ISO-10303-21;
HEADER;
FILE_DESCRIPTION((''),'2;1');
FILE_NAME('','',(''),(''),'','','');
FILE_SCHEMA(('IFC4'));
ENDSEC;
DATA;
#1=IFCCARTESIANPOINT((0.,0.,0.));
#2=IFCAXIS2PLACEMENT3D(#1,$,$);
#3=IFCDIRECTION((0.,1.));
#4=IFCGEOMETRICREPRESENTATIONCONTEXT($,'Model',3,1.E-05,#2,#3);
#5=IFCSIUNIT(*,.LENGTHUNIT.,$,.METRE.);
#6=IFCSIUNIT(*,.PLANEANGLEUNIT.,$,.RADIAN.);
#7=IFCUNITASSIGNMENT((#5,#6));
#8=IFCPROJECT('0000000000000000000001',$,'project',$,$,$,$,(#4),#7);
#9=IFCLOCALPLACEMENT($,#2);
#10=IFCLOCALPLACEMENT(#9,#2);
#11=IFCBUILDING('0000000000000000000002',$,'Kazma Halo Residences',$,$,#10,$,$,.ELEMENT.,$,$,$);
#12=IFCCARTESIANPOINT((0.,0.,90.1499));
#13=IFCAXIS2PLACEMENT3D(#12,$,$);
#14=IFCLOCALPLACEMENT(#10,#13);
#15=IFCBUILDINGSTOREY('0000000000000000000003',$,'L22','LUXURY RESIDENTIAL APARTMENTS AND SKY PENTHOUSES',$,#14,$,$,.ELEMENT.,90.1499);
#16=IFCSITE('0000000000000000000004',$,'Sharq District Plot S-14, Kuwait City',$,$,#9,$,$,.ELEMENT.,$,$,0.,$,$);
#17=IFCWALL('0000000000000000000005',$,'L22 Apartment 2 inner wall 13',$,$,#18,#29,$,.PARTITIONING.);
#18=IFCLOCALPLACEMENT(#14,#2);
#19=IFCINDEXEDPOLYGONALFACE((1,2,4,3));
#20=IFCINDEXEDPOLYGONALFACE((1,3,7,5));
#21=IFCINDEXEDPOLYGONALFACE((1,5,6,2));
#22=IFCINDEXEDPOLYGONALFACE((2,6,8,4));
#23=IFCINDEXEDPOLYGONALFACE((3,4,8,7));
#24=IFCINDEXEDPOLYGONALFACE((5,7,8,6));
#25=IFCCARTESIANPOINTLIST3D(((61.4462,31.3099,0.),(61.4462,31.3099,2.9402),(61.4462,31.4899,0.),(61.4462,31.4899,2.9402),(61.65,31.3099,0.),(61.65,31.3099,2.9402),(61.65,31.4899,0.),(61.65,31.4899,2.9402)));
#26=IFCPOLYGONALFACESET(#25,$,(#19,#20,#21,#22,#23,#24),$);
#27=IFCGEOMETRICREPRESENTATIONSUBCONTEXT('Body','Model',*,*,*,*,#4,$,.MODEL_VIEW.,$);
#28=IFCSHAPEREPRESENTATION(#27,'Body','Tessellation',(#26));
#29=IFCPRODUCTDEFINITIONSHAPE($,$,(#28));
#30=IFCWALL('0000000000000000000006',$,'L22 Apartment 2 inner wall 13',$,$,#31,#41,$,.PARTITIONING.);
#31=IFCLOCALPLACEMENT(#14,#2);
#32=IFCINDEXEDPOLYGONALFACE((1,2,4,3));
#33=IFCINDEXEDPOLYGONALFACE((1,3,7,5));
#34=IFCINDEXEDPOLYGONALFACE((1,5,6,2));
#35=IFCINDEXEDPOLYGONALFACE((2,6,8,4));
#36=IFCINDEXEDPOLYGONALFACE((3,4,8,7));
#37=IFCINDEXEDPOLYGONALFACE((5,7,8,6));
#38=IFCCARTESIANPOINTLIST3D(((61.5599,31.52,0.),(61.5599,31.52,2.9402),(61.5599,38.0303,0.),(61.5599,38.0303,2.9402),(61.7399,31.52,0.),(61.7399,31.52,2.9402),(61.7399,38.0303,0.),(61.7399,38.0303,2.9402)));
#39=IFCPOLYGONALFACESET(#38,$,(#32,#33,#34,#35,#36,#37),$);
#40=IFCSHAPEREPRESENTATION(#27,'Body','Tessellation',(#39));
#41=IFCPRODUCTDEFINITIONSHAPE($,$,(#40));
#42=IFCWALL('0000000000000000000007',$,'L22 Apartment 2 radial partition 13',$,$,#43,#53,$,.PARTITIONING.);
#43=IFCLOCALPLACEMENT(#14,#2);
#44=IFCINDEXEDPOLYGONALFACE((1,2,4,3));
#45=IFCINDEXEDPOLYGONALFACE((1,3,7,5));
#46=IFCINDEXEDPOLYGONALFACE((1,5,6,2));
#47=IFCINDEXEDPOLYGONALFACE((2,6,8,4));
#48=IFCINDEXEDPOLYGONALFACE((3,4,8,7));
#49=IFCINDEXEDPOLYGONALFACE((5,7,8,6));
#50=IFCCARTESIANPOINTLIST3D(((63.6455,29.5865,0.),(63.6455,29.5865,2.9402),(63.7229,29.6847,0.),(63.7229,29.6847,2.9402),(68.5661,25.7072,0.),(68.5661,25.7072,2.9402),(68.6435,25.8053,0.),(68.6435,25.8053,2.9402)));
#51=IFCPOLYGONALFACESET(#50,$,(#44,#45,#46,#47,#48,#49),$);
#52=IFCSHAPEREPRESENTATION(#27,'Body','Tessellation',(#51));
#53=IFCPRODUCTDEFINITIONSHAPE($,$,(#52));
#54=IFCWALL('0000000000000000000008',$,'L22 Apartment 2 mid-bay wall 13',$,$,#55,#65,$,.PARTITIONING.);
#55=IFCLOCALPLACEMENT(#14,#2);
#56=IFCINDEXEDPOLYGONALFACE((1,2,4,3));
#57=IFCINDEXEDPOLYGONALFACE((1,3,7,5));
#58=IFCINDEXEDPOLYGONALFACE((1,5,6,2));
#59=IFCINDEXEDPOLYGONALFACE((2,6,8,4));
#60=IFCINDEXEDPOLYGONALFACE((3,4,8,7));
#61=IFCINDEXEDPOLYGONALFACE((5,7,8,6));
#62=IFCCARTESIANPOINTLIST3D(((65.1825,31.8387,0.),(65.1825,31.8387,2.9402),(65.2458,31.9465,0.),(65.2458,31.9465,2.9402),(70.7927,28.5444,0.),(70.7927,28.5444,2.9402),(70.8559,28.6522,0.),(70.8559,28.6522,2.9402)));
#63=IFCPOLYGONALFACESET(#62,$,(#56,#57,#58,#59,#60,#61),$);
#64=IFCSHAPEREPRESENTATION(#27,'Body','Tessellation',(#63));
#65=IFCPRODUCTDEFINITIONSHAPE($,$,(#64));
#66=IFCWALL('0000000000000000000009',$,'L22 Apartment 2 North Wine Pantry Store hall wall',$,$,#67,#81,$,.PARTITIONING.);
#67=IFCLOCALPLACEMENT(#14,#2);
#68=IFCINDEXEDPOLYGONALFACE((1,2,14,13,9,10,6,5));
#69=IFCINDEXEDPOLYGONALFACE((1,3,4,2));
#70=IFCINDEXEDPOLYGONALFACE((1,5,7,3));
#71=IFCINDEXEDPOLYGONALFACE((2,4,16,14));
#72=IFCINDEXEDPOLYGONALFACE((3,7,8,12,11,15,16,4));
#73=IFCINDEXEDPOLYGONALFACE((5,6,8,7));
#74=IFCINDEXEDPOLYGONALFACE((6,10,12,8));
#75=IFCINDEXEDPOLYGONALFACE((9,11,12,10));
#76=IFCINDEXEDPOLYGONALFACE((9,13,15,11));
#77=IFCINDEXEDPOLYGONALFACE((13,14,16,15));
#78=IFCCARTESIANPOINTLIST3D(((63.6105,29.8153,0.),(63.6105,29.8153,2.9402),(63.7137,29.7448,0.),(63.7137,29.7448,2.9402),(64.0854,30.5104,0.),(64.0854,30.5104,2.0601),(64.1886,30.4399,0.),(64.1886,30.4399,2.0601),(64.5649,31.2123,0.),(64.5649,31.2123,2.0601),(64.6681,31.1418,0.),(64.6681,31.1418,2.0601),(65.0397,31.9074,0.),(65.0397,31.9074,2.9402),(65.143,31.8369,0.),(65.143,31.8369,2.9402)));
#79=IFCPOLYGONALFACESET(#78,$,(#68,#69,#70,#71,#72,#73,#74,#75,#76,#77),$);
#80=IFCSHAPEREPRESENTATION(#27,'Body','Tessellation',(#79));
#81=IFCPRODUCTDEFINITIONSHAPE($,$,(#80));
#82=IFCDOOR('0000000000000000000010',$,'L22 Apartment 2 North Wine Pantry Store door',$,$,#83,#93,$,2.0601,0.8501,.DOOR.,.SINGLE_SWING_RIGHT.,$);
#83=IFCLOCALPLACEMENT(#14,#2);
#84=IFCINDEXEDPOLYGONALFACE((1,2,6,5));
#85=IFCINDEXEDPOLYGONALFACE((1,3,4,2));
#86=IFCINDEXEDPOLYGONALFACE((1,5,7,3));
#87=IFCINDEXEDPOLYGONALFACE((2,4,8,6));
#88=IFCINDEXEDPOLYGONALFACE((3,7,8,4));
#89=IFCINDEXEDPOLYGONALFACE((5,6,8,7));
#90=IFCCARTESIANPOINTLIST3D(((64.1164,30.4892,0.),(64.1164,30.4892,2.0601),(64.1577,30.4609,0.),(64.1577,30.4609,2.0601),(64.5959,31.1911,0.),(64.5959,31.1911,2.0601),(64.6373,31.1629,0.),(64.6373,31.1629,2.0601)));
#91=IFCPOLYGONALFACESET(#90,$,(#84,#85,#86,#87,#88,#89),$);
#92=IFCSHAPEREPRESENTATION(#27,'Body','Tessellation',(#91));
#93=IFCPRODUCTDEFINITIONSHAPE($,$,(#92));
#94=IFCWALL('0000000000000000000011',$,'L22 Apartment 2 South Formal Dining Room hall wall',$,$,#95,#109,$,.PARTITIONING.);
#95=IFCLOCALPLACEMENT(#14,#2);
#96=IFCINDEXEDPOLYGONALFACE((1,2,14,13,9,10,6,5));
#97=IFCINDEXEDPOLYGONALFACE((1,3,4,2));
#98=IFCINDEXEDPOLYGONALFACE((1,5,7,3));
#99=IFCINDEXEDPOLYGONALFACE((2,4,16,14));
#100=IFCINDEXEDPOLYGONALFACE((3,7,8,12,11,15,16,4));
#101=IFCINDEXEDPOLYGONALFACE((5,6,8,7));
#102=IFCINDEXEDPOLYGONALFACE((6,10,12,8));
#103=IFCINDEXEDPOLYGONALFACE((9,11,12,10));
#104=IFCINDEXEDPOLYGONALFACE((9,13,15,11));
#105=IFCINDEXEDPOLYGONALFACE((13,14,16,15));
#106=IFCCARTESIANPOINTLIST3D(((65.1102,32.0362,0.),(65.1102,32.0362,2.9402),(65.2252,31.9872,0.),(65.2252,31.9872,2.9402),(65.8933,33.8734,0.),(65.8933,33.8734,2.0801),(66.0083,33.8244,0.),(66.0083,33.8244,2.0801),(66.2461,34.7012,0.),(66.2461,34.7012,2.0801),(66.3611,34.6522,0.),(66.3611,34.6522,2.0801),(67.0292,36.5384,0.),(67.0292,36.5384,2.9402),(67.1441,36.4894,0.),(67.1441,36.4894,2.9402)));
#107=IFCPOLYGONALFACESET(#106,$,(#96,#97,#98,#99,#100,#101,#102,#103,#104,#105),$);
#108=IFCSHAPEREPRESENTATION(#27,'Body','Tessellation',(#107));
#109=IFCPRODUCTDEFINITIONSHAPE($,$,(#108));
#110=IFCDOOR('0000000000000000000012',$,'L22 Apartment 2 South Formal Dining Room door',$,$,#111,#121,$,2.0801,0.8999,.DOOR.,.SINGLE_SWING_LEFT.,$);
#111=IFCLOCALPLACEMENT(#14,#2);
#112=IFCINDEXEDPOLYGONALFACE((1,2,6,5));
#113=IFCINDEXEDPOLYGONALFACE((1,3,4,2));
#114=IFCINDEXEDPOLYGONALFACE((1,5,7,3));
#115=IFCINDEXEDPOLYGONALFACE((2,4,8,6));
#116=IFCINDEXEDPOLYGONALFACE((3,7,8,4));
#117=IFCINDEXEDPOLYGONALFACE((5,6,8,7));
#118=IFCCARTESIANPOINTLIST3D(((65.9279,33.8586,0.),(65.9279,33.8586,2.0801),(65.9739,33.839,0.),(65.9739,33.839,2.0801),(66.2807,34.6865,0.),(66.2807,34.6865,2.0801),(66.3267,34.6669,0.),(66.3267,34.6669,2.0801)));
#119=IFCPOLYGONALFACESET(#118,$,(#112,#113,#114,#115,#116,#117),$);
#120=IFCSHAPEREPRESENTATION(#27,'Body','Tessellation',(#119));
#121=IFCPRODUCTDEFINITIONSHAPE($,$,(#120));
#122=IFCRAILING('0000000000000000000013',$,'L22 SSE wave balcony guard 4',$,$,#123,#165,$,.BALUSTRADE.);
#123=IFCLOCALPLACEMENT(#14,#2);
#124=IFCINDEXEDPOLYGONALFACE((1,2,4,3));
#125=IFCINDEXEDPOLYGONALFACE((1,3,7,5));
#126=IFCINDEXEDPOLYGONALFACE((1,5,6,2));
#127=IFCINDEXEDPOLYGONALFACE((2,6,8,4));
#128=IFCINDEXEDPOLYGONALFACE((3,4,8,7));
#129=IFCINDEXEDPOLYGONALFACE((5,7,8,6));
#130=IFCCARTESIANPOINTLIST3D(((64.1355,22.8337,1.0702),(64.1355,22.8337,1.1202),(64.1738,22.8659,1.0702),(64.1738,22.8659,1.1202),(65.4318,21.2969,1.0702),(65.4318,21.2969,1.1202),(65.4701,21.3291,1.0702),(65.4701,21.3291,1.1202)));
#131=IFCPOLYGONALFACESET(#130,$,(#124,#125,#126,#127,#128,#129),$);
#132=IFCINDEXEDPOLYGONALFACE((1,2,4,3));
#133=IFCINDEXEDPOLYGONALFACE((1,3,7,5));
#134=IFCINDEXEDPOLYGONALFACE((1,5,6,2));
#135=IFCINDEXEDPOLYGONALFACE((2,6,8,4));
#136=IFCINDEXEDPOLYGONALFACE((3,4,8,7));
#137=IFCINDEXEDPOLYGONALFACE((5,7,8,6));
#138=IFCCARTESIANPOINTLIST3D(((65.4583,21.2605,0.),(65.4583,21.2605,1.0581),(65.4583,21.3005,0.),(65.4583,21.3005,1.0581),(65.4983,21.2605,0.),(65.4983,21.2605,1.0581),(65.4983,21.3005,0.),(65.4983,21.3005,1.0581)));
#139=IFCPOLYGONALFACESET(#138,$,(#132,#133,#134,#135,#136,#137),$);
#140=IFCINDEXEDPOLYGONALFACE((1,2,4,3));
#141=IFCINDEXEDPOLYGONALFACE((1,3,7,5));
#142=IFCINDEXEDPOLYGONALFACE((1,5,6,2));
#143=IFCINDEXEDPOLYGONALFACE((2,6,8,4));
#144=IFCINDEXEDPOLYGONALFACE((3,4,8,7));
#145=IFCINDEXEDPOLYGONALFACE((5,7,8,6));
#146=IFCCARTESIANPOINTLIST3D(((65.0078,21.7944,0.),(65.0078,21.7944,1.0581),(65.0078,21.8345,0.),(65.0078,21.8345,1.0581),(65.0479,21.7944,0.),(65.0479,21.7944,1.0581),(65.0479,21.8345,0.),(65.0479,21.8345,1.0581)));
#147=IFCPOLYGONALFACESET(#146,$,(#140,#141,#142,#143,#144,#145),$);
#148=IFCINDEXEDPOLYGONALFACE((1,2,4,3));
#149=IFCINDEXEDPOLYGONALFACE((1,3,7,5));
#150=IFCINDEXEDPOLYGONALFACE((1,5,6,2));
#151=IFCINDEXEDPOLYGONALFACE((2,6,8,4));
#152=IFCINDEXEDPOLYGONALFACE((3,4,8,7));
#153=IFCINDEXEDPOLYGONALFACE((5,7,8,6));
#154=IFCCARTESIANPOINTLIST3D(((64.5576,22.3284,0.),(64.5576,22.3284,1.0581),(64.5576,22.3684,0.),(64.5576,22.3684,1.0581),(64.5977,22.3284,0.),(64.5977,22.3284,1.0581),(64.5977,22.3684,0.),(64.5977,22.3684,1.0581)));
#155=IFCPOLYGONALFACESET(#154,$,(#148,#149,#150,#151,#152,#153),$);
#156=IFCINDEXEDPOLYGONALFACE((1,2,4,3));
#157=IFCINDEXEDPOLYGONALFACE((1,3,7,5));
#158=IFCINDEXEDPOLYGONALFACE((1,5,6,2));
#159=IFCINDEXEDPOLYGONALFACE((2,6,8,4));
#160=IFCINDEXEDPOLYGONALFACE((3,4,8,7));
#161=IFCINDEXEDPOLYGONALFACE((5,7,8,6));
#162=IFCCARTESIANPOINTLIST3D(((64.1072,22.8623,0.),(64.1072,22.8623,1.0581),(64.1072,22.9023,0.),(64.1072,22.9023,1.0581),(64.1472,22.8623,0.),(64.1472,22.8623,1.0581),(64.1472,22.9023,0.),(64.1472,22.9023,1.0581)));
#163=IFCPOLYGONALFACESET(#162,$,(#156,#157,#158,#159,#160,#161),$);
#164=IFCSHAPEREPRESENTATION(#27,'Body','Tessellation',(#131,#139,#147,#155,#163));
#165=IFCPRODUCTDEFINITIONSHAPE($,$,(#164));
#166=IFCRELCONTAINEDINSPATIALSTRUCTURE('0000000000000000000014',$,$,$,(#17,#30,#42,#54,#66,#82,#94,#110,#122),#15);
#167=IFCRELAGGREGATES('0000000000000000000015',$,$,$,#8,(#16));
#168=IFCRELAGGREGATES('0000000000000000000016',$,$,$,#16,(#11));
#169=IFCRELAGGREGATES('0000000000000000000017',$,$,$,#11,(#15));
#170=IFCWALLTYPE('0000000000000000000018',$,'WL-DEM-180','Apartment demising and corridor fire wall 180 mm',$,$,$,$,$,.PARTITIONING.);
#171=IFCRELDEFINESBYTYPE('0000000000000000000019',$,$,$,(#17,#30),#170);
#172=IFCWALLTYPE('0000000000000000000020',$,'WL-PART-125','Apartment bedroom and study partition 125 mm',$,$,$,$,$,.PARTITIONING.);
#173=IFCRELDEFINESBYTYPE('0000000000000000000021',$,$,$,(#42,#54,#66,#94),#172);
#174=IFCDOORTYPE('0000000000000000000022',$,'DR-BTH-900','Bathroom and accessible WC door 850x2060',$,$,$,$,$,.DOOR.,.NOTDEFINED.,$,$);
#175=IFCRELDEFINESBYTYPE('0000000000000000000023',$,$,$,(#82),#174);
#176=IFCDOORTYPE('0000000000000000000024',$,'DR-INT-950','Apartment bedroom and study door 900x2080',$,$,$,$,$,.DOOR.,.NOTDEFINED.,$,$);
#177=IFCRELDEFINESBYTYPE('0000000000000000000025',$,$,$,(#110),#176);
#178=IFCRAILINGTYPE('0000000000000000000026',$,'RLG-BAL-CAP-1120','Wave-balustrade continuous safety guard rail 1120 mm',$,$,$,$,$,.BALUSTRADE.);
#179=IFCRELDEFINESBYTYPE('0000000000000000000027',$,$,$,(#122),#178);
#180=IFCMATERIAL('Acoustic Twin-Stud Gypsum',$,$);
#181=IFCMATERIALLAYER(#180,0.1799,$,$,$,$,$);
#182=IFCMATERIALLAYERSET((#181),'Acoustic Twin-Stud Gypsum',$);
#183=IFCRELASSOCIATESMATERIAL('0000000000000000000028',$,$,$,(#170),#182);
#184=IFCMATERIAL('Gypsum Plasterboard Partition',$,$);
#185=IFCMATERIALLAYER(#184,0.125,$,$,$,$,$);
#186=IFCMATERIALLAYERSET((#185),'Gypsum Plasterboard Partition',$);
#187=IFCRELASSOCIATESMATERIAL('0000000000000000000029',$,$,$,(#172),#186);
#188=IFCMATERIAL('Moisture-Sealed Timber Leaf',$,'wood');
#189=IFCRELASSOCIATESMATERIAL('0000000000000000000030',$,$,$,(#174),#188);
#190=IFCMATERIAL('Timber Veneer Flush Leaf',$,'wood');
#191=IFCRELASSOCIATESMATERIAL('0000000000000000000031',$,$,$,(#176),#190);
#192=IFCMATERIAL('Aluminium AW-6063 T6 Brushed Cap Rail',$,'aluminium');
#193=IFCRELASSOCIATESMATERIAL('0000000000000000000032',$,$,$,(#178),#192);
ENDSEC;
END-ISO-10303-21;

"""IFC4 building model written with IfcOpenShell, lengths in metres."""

from ifc_helpers import new_model, si_unit, direction, frame, frame_2d, origin, origin_2d, place, context, subcontext, project, spatial, rectangle, extrude, material, layer, layer_set, type_object, element, fill, save


model = new_model("IFC4")

# Units and contexts
model_context = context("Model", 3, precision=1e-05, world=origin(), true_north=direction((0.0, 1.0)))
body_context = subcontext(model_context, "Body", "Model", "MODEL_VIEW")
ifc_project = project(units=[si_unit("LENGTHUNIT", "METRE"), si_unit("PLANEANGLEUNIT", "RADIAN")], contexts=[model_context])

# Site, building, storey
site_placement = place(None, origin())
site = spatial("IfcSite", under=ifc_project, at=site_placement, Name="Sharq District Plot S-14, Kuwait City", CompositionType="ELEMENT", RefElevation=0.0)
building_placement = place(site_placement, origin())
building = spatial("IfcBuilding", under=site, at=building_placement, Name="Kazma Halo Residences", CompositionType="ELEMENT")
storey_placement = place(building_placement, frame((0.0, 0.0, 90.1499)))
storey = spatial("IfcBuildingStorey", under=building, at=storey_placement, Name="L22", Description="LUXURY RESIDENTIAL APARTMENTS AND SKY PENTHOUSES", CompositionType="ELEMENT", Elevation=90.1499)

# Walls
ifc_material_1 = material(Name="Acoustic Twin-Stud Gypsum")
ifc_layer_1 = layer(ifc_material_1, 0.1799)
ifc_layer_set_1 = layer_set([ifc_layer_1], Name="Acoustic Twin-Stud Gypsum")
wall_type_1 = type_object("IfcWallType", Name="WL-DEM-180", Description="Apartment demising and corridor fire wall 180 mm", PredefinedType="PARTITIONING", material=ifc_layer_set_1)
wall_1_placement = place(storey_placement, frame((61.446, 31.3999, 0.0), z_axis=(0.0, 0.0, 1.0), x_axis=(1.0, 0.0, 0.0)))
element("IfcWall", 1, at=wall_1_placement, inside=storey, type_object=wall_type_1, Name="L22 Apartment 2 inner wall 13", PredefinedType="PARTITIONING", context=body_context, shape_type="SweptSolid", body=[
    extrude(rectangle(XDim=0.2039, YDim=0.1799, at=frame_2d((0.1021, 0.0))), origin(), (0.0, 0.0, 1.0), 2.9402),
])
wall_2_placement = place(storey_placement, frame((61.6499, 31.52, 0.0), z_axis=(0.0, 0.0, 1.0), x_axis=(0.0, 1.0, 0.0)))
element("IfcWall", 2, at=wall_2_placement, inside=storey, type_object=wall_type_1, Name="L22 Apartment 2 inner wall 13", PredefinedType="PARTITIONING", context=body_context, shape_type="SweptSolid", body=[
    extrude(rectangle(XDim=6.5103, YDim=0.1799, at=frame_2d((3.2551, 0.0))), origin(), (0.0, 0.0, 1.0), 2.9402),
])

# Walls
ifc_material_2 = material(Name="Gypsum Plasterboard Partition")
ifc_layer_2 = layer(ifc_material_2, 0.125)
ifc_layer_set_2 = layer_set([ifc_layer_2], Name="Gypsum Plasterboard Partition")
wall_type_2 = type_object("IfcWallType", Name="WL-PART-125", Description="Apartment bedroom and study partition 125 mm", PredefinedType="PARTITIONING", material=ifc_layer_set_2)
wall_3_placement = place(storey_placement, frame((63.6843, 29.6355, 0.0), z_axis=(0.0, 0.0, 1.0), x_axis=(0.785296, -0.61912, 0.0)))
element("IfcWall", 3, at=wall_3_placement, inside=storey, type_object=wall_type_2, Name="L22 Apartment 2 radial partition 13", PredefinedType="PARTITIONING", context=body_context, shape_type="SweptSolid", body=[
    extrude(rectangle(XDim=6.2659, YDim=0.125, at=frame_2d((3.1328, 0.0))), origin(), (0.0, 0.0, 1.0), 2.9402),
])
wall_4_placement = place(storey_placement, frame((65.2141, 31.8926, 0.0), z_axis=(0.0, 0.0, 1.0), x_axis=(0.862329, -0.506349, 0.0)))
element("IfcWall", 4, at=wall_4_placement, inside=storey, type_object=wall_type_2, Name="L22 Apartment 2 mid-bay wall 13", PredefinedType="PARTITIONING", context=body_context, shape_type="SweptSolid", body=[
    extrude(rectangle(XDim=6.5059, YDim=0.125, at=frame_2d((3.2529, 0.0))), origin(), (0.0, 0.0, 1.0), 2.9402),
])

# Walls, openings, doors
wall_5_placement = place(storey_placement, frame((63.6621, 29.78, 0.0), z_axis=(0.0, 0.0, 1.0), x_axis=(0.564093, 0.825711, 0.0)))
wall_5 = element("IfcWall", 5, at=wall_5_placement, inside=storey, type_object=wall_type_2, Name="L22 Apartment 2 North Wine Pantry Store hall wall", PredefinedType="PARTITIONING", context=body_context, shape_type="SweptSolid", body=[
    extrude(rectangle(XDim=2.5337, YDim=0.125, at=frame_2d((1.2668, 0.0))), origin(), (0.0, 0.0, 1.0), 2.9402),
])
opening_1_placement = place(wall_5_placement, frame((0.8418, 0.0, 0.0)))
opening_1 = element("IfcOpeningElement", 6, at=opening_1_placement, cuts=wall_5, PredefinedType="OPENING", context=body_context, shape_type="SweptSolid", body=[
    extrude(rectangle(XDim=0.8501, YDim=2.0601, at=frame_2d((0.425, 1.03))), frame((0.0, 0.0725, 0.0), z_axis=(0.0, -1.0, 0.0), x_axis=(1.0, 0.0, 0.0)), (0.0, 0.0, 1.0), 0.145),
])
ifc_material_3 = material(Name="Moisture-Sealed Timber Leaf", Category="wood")
door_type_1 = type_object("IfcDoorType", Name="DR-BTH-900", Description="Bathroom and accessible WC door 850x2060", OperationType="NOTDEFINED", PredefinedType="DOOR", material=ifc_material_3)
door_1_placement = place(opening_1_placement, origin())
door_1 = element("IfcDoor", 7, at=door_1_placement, inside=storey, type_object=door_type_1, Name="L22 Apartment 2 North Wine Pantry Store door", OperationType="SINGLE_SWING_RIGHT", OverallHeight=2.0601, OverallWidth=0.8501, PredefinedType="DOOR", context=body_context, shape_type="SweptSolid", body=[
    extrude(rectangle(XDim=0.8501, YDim=2.0601, at=frame_2d((0.425, 1.03))), frame((0.0, 0.0249, 0.0), z_axis=(0.0, -1.0, 0.0), x_axis=(1.0, 0.0, 0.0)), (0.0, 0.0, 1.0), 0.05),
])
fill(opening_1, door_1)
wall_6_placement = place(storey_placement, frame((65.1677, 32.0117, 0.0), z_axis=(0.0, 0.0, 1.0), x_axis=(0.392094, 0.919925, 0.0)))
wall_6 = element("IfcWall", 8, at=wall_6_placement, inside=storey, type_object=wall_type_2, Name="L22 Apartment 2 South Formal Dining Room hall wall", PredefinedType="PARTITIONING", context=body_context, shape_type="SweptSolid", body=[
    extrude(rectangle(XDim=4.894, YDim=0.125, at=frame_2d((2.447, 0.0))), origin(), (0.0, 0.0, 1.0), 2.9402),
])
opening_2_placement = place(wall_6_placement, frame((1.9971, 0.0, 0.0)))
opening_2 = element("IfcOpeningElement", 9, at=opening_2_placement, cuts=wall_6, PredefinedType="OPENING", context=body_context, shape_type="SweptSolid", body=[
    extrude(rectangle(XDim=0.8999, YDim=2.0801, at=frame_2d((0.45, 1.04))), frame((0.0, 0.0725, 0.0), z_axis=(0.0, -1.0, 0.0), x_axis=(1.0, 0.0, 0.0)), (0.0, 0.0, 1.0), 0.145),
])
ifc_material_4 = material(Name="Timber Veneer Flush Leaf", Category="wood")
door_type_2 = type_object("IfcDoorType", Name="DR-INT-950", Description="Apartment bedroom and study door 900x2080", OperationType="NOTDEFINED", PredefinedType="DOOR", material=ifc_material_4)
door_2_placement = place(opening_2_placement, origin())
door_2 = element("IfcDoor", 10, at=door_2_placement, inside=storey, type_object=door_type_2, Name="L22 Apartment 2 South Formal Dining Room door", OperationType="SINGLE_SWING_LEFT", OverallHeight=2.0801, OverallWidth=0.8999, PredefinedType="DOOR", context=body_context, shape_type="SweptSolid", body=[
    extrude(rectangle(XDim=0.8999, YDim=2.0801, at=frame_2d((0.45, 1.04))), frame((0.0, 0.0249, 0.0), z_axis=(0.0, -1.0, 0.0), x_axis=(1.0, 0.0, 0.0)), (0.0, 0.0, 1.0), 0.05),
])
fill(opening_2, door_2)

# Railing
ifc_material_5 = material(Name="Aluminium AW-6063 T6 Brushed Cap Rail", Category="aluminium")
railing_type = type_object("IfcRailingType", Name="RLG-BAL-CAP-1120", Description="Wave-balustrade continuous safety guard rail 1120 mm", PredefinedType="BALUSTRADE", material=ifc_material_5)
railing_1_placement = place(storey_placement, frame((65.4783, 21.2805, 0.0)))
element("IfcRailing", 11, at=railing_1_placement, inside=storey, type_object=railing_type, Name="L22 SSE wave balcony guard 4", PredefinedType="BALUSTRADE", context=body_context, shape_type="SweptSolid", body=[
    extrude(rectangle(XDim=0.05, YDim=0.05, at=origin_2d()), frame((-0.0273, 0.0325, 1.0952), z_axis=(-0.644745, 0.764397, 0.0), x_axis=(-0.764397, -0.644745, 0.0)), (0.0, 0.0, 1.0), 2.0105),
    extrude(rectangle(XDim=0.04, YDim=0.04, at=origin_2d()), origin(), (0.0, 0.0, 1.0), 1.0581),
    extrude(rectangle(XDim=0.04, YDim=0.04, at=origin_2d()), frame((-0.4504, 0.5339, 0.0)), (0.0, 0.0, 1.0), 1.0581),
    extrude(rectangle(XDim=0.04, YDim=0.04, at=origin_2d()), frame((-0.9006, 1.0679, 0.0)), (0.0, 0.0, 1.0), 1.0581),
    extrude(rectangle(XDim=0.04, YDim=0.04, at=origin_2d()), frame((-1.3511, 1.6018, 0.0)), (0.0, 0.0, 1.0), 1.0581),
])

save(model, "model.ifc")
